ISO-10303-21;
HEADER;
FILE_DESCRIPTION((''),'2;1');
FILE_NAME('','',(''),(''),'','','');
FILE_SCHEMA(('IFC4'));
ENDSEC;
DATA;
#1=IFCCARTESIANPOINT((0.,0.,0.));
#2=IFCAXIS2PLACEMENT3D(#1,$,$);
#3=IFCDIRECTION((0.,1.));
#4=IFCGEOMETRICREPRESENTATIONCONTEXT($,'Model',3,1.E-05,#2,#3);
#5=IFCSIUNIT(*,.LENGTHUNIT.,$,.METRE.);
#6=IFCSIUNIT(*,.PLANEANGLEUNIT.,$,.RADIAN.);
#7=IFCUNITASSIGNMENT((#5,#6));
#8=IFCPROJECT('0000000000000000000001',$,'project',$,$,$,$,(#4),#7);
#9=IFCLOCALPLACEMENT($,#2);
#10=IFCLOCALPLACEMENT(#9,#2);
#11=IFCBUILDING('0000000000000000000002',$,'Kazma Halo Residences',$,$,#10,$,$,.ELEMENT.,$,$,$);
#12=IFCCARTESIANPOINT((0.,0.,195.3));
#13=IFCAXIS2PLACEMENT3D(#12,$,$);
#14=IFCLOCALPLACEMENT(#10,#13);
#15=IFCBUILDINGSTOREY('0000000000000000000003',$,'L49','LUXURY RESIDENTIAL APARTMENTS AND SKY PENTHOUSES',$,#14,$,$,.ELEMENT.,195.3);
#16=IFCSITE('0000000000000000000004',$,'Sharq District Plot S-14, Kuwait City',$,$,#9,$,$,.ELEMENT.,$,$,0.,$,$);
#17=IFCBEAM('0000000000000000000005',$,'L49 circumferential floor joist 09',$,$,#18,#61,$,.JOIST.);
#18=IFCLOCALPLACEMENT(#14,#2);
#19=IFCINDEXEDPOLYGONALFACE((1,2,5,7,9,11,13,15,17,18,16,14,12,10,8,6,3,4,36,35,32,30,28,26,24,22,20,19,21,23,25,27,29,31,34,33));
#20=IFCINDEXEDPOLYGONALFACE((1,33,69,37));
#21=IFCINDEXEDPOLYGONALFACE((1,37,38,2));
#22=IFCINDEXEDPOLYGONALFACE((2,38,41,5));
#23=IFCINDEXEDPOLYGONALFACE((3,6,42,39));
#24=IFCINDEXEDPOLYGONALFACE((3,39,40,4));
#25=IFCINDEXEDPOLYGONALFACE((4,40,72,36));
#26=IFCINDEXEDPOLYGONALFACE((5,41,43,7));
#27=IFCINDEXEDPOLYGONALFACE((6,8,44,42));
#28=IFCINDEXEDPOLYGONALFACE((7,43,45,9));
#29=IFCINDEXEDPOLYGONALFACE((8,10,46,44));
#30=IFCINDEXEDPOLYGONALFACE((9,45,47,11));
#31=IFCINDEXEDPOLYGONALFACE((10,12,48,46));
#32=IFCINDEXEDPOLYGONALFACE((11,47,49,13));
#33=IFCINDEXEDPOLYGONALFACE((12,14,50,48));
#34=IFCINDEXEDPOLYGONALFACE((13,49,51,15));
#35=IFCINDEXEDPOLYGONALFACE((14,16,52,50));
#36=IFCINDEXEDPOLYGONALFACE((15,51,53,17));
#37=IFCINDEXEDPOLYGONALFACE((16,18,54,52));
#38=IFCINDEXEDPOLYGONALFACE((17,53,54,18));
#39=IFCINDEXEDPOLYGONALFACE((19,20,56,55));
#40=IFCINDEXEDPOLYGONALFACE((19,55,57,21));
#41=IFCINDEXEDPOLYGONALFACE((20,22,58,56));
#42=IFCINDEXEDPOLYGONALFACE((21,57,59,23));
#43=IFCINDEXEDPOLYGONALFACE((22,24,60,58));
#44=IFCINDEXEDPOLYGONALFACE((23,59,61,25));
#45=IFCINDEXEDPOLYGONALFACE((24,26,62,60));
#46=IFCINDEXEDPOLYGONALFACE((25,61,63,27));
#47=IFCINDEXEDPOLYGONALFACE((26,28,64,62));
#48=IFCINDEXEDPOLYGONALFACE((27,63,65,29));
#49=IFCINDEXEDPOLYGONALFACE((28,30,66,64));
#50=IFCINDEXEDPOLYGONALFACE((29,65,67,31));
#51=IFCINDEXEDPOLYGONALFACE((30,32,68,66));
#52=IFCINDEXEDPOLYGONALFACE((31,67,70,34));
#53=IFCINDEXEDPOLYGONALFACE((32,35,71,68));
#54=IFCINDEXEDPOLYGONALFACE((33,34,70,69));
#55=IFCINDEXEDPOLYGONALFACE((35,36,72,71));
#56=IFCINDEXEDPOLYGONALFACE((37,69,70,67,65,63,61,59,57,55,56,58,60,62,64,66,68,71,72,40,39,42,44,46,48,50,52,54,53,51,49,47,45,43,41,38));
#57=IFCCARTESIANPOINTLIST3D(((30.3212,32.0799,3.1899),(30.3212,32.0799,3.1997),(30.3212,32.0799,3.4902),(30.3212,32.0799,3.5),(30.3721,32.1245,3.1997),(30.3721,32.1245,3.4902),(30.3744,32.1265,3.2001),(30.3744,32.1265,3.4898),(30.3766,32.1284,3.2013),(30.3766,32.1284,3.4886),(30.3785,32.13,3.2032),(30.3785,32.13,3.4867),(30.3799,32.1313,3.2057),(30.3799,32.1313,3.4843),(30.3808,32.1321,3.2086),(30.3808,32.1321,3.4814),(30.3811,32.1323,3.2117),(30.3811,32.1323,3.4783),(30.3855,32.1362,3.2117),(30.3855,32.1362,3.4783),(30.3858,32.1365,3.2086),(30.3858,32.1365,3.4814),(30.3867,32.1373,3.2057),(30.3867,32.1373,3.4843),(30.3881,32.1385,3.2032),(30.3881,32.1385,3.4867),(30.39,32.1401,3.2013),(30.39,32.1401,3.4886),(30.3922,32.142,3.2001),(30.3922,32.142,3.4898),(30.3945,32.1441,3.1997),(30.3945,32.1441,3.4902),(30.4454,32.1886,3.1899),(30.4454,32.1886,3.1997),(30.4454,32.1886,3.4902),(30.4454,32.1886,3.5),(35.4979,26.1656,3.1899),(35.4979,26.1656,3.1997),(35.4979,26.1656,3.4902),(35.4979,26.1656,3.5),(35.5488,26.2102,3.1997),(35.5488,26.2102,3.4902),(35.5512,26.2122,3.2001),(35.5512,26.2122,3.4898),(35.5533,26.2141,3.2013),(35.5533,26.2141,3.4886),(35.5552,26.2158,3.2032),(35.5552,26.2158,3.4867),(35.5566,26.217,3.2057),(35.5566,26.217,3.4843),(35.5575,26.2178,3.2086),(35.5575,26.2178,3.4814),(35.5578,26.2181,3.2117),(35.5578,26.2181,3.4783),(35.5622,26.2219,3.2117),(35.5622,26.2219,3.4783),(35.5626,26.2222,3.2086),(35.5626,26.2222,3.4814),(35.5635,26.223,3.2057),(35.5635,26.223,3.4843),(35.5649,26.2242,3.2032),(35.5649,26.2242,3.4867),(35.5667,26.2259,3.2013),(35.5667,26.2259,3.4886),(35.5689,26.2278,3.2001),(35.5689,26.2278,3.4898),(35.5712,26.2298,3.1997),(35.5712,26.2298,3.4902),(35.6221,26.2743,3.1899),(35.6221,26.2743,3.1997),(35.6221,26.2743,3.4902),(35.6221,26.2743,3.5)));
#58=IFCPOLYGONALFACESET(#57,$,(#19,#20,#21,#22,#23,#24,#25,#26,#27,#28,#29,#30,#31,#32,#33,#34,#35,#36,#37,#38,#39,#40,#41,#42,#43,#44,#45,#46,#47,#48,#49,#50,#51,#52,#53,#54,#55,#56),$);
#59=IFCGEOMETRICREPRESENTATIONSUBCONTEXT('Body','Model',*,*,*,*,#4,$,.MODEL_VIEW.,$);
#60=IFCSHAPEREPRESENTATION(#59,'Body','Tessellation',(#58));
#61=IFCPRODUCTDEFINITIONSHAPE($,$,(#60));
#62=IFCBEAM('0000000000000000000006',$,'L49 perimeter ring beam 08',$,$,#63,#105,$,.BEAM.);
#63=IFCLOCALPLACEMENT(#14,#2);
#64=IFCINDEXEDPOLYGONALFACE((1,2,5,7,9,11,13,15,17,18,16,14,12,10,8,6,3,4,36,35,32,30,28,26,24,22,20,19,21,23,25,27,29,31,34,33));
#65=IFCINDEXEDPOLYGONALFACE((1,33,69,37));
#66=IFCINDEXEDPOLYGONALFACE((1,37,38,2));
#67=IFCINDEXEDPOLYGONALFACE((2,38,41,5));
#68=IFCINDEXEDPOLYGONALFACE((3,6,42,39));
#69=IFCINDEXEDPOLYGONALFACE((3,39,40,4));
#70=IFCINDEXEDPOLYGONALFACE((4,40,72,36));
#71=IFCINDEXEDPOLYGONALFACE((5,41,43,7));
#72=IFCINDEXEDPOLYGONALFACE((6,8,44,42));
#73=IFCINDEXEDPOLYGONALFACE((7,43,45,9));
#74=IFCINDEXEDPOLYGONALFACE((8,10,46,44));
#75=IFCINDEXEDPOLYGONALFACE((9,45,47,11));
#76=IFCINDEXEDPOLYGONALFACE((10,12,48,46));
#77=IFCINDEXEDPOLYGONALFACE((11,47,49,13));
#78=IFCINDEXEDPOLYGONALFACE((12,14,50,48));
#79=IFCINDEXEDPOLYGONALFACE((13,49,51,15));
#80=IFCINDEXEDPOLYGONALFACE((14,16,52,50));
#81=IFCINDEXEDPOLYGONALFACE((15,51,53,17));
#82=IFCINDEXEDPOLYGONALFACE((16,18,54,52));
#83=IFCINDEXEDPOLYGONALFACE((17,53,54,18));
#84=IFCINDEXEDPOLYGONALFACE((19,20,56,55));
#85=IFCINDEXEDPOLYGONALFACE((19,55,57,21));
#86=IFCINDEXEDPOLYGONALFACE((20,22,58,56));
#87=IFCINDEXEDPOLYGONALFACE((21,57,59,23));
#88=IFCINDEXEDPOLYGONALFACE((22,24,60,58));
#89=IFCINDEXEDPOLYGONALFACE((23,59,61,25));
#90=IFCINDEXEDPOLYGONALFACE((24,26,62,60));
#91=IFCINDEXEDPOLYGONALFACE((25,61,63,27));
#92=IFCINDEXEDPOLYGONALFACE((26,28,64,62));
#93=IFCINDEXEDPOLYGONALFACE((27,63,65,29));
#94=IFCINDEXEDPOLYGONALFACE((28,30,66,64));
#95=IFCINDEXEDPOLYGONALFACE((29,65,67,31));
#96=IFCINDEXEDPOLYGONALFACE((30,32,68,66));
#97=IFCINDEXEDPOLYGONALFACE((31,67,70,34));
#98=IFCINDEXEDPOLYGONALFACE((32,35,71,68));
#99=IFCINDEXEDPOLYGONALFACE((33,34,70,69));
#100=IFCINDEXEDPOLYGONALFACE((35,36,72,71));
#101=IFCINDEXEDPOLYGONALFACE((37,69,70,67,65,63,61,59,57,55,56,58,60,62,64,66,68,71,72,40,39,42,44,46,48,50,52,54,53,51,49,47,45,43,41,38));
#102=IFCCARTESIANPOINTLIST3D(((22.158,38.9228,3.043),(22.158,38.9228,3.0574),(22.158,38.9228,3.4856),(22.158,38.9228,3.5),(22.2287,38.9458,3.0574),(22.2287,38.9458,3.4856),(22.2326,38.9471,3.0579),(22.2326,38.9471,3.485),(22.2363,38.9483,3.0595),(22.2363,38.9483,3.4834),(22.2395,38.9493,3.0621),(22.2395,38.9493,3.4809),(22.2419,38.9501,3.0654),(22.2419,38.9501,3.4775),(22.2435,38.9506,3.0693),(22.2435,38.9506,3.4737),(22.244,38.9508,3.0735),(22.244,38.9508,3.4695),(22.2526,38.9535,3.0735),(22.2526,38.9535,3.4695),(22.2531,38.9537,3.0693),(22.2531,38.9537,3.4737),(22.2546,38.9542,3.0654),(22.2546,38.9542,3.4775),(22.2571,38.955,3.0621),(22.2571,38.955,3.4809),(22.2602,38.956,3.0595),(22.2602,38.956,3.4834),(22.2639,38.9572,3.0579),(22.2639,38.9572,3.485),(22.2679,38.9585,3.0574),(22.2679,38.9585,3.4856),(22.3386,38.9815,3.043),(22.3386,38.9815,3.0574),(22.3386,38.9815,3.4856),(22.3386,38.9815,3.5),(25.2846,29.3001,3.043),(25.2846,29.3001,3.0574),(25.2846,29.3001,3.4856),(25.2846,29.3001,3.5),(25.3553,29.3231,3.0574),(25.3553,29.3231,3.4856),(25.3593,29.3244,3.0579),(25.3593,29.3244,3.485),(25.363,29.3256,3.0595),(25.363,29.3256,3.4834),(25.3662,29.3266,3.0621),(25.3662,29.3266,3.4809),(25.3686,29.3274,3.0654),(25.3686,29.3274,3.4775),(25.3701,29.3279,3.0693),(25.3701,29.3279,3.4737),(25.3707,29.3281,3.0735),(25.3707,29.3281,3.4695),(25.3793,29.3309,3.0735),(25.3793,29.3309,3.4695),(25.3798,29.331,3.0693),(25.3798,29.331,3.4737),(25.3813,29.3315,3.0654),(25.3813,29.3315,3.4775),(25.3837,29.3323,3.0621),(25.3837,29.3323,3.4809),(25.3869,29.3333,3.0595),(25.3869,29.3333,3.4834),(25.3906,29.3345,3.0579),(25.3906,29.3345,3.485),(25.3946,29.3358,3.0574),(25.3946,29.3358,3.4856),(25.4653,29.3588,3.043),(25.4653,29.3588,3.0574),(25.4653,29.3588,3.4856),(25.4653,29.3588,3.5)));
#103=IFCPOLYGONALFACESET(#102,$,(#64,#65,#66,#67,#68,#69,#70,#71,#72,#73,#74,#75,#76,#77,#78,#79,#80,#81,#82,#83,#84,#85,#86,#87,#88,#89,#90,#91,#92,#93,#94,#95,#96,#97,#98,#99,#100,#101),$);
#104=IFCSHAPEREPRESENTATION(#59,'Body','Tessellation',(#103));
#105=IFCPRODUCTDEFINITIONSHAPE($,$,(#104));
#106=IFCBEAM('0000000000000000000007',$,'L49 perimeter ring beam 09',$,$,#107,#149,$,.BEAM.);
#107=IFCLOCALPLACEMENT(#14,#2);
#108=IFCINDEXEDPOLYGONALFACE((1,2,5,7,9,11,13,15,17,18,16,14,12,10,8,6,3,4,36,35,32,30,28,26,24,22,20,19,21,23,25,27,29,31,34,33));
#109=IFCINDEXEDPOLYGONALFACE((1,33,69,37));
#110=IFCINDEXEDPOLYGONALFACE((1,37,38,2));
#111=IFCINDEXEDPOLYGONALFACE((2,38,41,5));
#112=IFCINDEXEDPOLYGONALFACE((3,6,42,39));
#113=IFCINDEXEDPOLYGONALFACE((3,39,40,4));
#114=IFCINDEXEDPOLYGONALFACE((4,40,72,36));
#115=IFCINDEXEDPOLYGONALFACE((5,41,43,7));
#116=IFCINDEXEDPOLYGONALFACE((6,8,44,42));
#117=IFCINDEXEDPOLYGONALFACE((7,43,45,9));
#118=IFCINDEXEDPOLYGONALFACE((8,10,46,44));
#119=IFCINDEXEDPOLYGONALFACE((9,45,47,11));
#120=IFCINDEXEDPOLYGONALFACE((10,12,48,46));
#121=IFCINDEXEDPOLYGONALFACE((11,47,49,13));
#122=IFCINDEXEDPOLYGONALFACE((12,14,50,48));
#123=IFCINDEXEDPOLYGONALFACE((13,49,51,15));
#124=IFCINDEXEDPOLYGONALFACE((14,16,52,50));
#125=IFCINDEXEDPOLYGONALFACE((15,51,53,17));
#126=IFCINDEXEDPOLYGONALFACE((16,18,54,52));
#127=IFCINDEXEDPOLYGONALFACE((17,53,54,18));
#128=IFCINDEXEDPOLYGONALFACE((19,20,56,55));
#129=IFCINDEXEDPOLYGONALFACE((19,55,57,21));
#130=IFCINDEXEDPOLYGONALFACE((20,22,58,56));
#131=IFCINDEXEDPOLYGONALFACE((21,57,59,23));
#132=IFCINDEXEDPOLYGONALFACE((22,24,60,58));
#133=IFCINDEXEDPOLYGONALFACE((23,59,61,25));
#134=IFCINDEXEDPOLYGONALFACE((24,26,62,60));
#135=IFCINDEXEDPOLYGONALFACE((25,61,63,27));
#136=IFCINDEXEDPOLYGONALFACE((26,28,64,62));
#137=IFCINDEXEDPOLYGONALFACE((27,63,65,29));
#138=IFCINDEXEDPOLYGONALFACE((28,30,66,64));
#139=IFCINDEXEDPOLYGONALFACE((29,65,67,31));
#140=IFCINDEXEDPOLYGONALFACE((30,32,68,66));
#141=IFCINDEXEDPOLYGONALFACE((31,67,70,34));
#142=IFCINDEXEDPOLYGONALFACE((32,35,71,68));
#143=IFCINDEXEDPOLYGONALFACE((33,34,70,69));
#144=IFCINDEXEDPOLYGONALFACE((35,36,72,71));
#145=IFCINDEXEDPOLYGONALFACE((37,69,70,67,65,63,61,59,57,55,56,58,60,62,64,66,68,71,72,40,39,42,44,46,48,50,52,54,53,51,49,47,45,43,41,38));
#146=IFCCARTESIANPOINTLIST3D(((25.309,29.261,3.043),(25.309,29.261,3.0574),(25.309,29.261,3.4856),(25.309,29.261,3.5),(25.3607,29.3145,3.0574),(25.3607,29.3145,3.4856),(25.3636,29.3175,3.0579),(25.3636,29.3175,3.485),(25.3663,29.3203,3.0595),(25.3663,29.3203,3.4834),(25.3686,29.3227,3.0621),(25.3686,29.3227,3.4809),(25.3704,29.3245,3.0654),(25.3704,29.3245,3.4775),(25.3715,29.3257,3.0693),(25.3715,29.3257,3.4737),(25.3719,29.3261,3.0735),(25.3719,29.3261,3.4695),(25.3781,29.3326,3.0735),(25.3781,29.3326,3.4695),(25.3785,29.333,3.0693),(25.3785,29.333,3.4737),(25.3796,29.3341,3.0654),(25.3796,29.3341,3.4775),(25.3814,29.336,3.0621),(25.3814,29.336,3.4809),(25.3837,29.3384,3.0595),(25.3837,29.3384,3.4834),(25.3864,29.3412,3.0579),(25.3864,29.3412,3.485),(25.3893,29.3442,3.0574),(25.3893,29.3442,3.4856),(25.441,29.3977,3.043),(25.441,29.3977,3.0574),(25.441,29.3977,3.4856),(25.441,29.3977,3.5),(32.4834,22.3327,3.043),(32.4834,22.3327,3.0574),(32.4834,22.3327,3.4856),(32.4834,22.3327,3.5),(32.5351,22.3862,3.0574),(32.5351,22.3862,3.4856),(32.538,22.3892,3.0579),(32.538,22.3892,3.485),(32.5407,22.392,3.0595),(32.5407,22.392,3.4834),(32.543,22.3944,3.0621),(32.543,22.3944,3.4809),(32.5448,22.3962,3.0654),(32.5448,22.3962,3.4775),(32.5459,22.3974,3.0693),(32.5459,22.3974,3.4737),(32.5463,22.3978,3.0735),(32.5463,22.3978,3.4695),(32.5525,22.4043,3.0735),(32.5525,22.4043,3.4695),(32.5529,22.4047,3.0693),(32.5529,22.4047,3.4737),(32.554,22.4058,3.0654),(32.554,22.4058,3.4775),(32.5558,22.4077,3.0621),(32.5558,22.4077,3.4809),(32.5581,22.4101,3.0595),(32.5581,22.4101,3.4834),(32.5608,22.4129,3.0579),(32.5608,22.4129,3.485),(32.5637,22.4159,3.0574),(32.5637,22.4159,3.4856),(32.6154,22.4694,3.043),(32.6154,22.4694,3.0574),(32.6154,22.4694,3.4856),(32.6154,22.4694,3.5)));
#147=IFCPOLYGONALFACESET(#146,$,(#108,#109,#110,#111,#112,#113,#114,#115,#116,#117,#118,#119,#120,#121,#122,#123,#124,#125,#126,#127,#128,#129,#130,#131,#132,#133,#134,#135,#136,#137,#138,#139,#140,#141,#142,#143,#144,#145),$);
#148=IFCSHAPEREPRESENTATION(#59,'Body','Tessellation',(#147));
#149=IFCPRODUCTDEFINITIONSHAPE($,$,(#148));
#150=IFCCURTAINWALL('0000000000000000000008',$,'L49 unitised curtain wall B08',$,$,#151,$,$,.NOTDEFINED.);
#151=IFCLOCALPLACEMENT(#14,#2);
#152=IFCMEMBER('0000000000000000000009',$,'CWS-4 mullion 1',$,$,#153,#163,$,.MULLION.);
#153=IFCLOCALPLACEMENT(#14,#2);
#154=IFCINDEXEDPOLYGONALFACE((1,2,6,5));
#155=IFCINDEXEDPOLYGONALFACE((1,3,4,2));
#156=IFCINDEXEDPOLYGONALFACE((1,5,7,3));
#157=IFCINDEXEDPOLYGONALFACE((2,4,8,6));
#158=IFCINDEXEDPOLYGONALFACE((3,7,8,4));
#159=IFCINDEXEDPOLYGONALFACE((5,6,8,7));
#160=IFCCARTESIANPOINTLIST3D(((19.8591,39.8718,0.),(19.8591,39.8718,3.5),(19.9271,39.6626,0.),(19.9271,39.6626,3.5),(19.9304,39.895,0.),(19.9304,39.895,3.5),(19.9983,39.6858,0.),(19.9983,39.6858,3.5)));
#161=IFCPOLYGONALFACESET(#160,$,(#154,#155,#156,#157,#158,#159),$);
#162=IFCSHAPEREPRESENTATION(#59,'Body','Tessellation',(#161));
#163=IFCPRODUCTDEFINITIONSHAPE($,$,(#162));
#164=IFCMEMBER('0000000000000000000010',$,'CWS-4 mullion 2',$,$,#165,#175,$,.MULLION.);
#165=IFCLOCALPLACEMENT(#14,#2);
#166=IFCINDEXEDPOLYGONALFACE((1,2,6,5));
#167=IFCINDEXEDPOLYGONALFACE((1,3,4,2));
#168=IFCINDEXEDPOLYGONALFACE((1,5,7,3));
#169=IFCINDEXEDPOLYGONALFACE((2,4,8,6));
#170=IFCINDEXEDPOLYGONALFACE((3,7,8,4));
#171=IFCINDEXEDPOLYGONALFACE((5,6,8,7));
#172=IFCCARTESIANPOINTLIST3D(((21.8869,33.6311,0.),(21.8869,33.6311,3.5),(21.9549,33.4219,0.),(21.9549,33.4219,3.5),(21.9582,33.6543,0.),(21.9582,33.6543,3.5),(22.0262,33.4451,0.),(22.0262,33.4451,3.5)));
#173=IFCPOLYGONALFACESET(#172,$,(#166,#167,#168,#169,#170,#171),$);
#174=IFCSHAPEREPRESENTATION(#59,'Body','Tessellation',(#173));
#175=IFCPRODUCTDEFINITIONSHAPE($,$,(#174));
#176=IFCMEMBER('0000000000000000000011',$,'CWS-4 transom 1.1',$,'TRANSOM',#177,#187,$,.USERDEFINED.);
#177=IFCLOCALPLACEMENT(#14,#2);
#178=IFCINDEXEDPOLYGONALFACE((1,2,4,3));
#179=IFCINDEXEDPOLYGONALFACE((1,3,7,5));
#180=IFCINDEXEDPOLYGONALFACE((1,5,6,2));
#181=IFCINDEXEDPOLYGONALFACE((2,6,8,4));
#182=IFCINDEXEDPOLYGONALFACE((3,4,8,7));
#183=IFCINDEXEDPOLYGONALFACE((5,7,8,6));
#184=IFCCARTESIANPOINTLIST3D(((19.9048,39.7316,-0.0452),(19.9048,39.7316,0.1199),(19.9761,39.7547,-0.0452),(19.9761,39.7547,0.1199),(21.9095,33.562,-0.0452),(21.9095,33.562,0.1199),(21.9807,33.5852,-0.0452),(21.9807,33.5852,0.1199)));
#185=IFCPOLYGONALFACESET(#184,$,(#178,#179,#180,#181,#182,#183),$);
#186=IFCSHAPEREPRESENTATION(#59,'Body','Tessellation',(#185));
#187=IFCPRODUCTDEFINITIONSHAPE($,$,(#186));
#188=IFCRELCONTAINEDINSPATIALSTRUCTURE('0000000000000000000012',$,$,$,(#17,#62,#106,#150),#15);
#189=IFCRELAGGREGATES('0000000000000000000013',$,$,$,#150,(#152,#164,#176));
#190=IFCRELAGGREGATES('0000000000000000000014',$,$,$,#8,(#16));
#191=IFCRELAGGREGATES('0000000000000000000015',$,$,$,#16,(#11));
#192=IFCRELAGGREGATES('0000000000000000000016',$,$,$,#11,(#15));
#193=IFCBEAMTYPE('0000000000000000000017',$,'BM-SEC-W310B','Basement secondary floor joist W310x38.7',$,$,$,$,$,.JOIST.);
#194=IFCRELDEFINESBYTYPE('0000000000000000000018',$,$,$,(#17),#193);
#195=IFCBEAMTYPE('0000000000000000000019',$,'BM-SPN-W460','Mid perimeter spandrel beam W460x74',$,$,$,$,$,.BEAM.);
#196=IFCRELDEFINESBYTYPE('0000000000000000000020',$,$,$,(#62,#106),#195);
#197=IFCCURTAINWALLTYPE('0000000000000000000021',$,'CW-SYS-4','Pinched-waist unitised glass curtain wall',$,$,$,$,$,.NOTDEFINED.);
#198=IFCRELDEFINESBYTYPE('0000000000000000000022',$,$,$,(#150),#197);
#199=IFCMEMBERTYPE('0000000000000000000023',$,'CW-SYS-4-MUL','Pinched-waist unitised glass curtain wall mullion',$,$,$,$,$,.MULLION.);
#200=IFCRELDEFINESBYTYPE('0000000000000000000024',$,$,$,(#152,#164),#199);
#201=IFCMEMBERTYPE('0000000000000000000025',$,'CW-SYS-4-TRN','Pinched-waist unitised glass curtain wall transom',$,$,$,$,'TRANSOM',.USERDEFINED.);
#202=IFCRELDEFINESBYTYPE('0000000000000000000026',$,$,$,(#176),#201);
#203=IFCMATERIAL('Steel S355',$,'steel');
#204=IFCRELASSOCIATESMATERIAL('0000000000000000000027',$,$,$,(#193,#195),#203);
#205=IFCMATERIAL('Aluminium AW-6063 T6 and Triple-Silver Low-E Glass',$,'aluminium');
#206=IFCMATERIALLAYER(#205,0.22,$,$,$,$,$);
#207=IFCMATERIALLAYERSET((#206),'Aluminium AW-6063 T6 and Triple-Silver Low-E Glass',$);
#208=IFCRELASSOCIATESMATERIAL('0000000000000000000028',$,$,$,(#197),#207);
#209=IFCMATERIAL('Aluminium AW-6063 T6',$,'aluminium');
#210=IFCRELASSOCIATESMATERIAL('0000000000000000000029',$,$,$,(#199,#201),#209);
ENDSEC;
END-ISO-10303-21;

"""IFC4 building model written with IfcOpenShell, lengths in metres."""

from ifc_helpers import new_model, si_unit, direction, frame, origin, origin_2d, place, context, subcontext, project, spatial, rectangle, i_section, extrude, material, layer, layer_set, material_profile, profile_set, type_object, element, aggregate, save


model = new_model("IFC4")

# Units and contexts
model_context = context("Model", 3, precision=1e-05, world=origin(), true_north=direction((0.0, 1.0)))
body_context = subcontext(model_context, "Body", "Model", "MODEL_VIEW")
ifc_project = project(units=[si_unit("LENGTHUNIT", "METRE"), si_unit("PLANEANGLEUNIT", "RADIAN")], contexts=[model_context])

# Site, building, storey
site_placement = place(None, origin())
site = spatial("IfcSite", under=ifc_project, at=site_placement, Name="Sharq District Plot S-14, Kuwait City", CompositionType="ELEMENT", RefElevation=0.0)
building_placement = place(site_placement, origin())
building = spatial("IfcBuilding", under=site, at=building_placement, Name="Kazma Halo Residences", CompositionType="ELEMENT")
storey_placement = place(building_placement, frame((0.0, 0.0, 195.3)))
storey = spatial("IfcBuildingStorey", under=building, at=storey_placement, Name="L49", Description="LUXURY RESIDENTIAL APARTMENTS AND SKY PENTHOUSES", CompositionType="ELEMENT", Elevation=195.3)

# Beams
ifc_material_1 = material(Name="Steel S355", Category="steel")
ifc_material_profile_1 = material_profile(ifc_material_1, i_section(OverallWidth=0.165, OverallDepth=0.3101, WebThickness=0.0059, FlangeThickness=0.0098, FilletRadius=0.012, at=origin_2d()), Name="W310x38.7")
ifc_profile_set_1 = profile_set([ifc_material_profile_1], Name="Steel S355")
beam_type_1 = type_object("IfcBeamType", Name="BM-SEC-W310B", Description="Basement secondary floor joist W310x38.7", PredefinedType="JOIST", material=ifc_profile_set_1)
beam_1_placement = place(storey_placement, frame((30.3833, 32.1343, 3.345), z_axis=(0.65863, -0.752467, 0.0), x_axis=(0.752467, 0.65863, 0.0)))
element("IfcBeam", 1, at=beam_1_placement, inside=storey, type_object=beam_type_1, Name="L49 circumferential floor joist 09", PredefinedType="JOIST", context=body_context, shape_type="SweptSolid", body=[
    extrude(i_section(OverallWidth=0.165, OverallDepth=0.3101, WebThickness=0.0059, FlangeThickness=0.0098, FilletRadius=0.012, at=origin_2d()), origin(), (0.0, 0.0, 1.0), 7.8599),
])
ifc_material_profile_2 = material_profile(ifc_material_1, i_section(OverallWidth=0.1899, OverallDepth=0.457, WebThickness=0.009, FlangeThickness=0.0144, FilletRadius=0.0161, at=origin_2d()), Name="W460x74")
ifc_profile_set_2 = profile_set([ifc_material_profile_2], Name="Steel S355")
beam_type_2 = type_object("IfcBeamType", Name="BM-SPN-W460", Description="Mid perimeter spandrel beam W460x74", PredefinedType="BEAM", material=ifc_profile_set_2)
beam_2_placement = place(storey_placement, frame((22.2483, 38.9521, 3.2715), z_axis=(0.309023, -0.951054, 0.0), x_axis=(0.951054, 0.309023, 0.0)))
element("IfcBeam", 2, at=beam_2_placement, inside=storey, type_object=beam_type_2, Name="L49 perimeter ring beam 08", PredefinedType="BEAM", context=body_context, shape_type="SweptSolid", body=[
    extrude(i_section(OverallWidth=0.1899, OverallDepth=0.457, WebThickness=0.009, FlangeThickness=0.0144, FilletRadius=0.0161, at=origin_2d()), origin(), (0.0, 0.0, 1.0), 10.1179),
])
beam_3_placement = place(storey_placement, frame((25.375, 29.3293, 3.2715), z_axis=(0.719337, -0.694662, 0.0), x_axis=(0.694662, 0.719337, 0.0)))
element("IfcBeam", 3, at=beam_3_placement, inside=storey, type_object=beam_type_2, Name="L49 perimeter ring beam 09", PredefinedType="BEAM", context=body_context, shape_type="SweptSolid", body=[
    extrude(i_section(OverallWidth=0.1899, OverallDepth=0.457, WebThickness=0.009, FlangeThickness=0.0144, FilletRadius=0.0161, at=origin_2d()), origin(), (0.0, 0.0, 1.0), 9.9736),
])

# Curtain wall, members
ifc_material_2 = material(Name="Aluminium AW-6063 T6 and Triple-Silver Low-E Glass", Category="aluminium")
ifc_layer_1 = layer(ifc_material_2, 0.22)
ifc_layer_set_1 = layer_set([ifc_layer_1], Name="Aluminium AW-6063 T6 and Triple-Silver Low-E Glass")
curtain_wall_type = type_object("IfcCurtainWallType", Name="CW-SYS-4", Description="Pinched-waist unitised glass curtain wall", PredefinedType="NOTDEFINED", material=ifc_layer_set_1)
curtain_wall_placement = place(storey_placement, origin())
curtain_wall = element("IfcCurtainWall", 4, at=curtain_wall_placement, inside=storey, type_object=curtain_wall_type, Name="L49 unitised curtain wall B08", PredefinedType="NOTDEFINED")
ifc_material_3 = material(Name="Aluminium AW-6063 T6", Category="aluminium")
ifc_material_profile_3 = material_profile(ifc_material_3, rectangle(XDim=0.075, YDim=0.22, at=origin_2d()), Name="CWM-75x220")
ifc_profile_set_3 = profile_set([ifc_material_profile_3], Name="Aluminium AW-6063 T6")
member_type_1 = type_object("IfcMemberType", Name="CW-SYS-4-MUL", Description="Pinched-waist unitised glass curtain wall mullion", PredefinedType="MULLION", material=ifc_profile_set_3)
member_1_placement = place(storey_placement, frame((19.9287, 39.7788, 0.0), z_axis=(0.0, 0.0, 1.0), x_axis=(0.951057, 0.309016, 0.0)))
member_1 = element("IfcMember", 5, at=member_1_placement, type_object=member_type_1, Name="CWS-4 mullion 1", PredefinedType="MULLION", context=body_context, shape_type="SweptSolid", body=[
    extrude(rectangle(XDim=0.075, YDim=0.22, at=origin_2d()), origin(), (0.0, 0.0, 1.0), 3.5),
])
member_2_placement = place(storey_placement, frame((21.9565, 33.5381, 0.0), z_axis=(0.0, 0.0, 1.0), x_axis=(0.951057, 0.309016, 0.0)))
member_2 = element("IfcMember", 6, at=member_2_placement, type_object=member_type_1, Name="CWS-4 mullion 2", PredefinedType="MULLION", context=body_context, shape_type="SweptSolid", body=[
    extrude(rectangle(XDim=0.075, YDim=0.22, at=origin_2d()), origin(), (0.0, 0.0, 1.0), 3.5),
])
ifc_material_profile_4 = material_profile(ifc_material_3, rectangle(XDim=0.075, YDim=0.165, at=origin_2d()), Name="CWT-75x165")
ifc_profile_set_4 = profile_set([ifc_material_profile_4], Name="Aluminium AW-6063 T6")
member_type_2 = type_object("IfcMemberType", Name="CW-SYS-4-TRN", Description="Pinched-waist unitised glass curtain wall transom", ElementType="TRANSOM", PredefinedType="USERDEFINED", material=ifc_profile_set_4)
member_3_placement = place(storey_placement, frame((19.9404, 39.7432, 0.0374), z_axis=(0.309027, -0.951053, 0.0), x_axis=(0.951053, 0.309027, 0.0)))
member_3 = element("IfcMember", 7, at=member_3_placement, type_object=member_type_2, Name="CWS-4 transom 1.1", ObjectType="TRANSOM", PredefinedType="USERDEFINED", context=body_context, shape_type="SweptSolid", body=[
    extrude(rectangle(XDim=0.075, YDim=0.165, at=origin_2d()), origin(), (0.0, 0.0, 1.0), 6.4871),
])
aggregate(curtain_wall, [member_1, member_2, member_3])

save(model, "model.ifc")
